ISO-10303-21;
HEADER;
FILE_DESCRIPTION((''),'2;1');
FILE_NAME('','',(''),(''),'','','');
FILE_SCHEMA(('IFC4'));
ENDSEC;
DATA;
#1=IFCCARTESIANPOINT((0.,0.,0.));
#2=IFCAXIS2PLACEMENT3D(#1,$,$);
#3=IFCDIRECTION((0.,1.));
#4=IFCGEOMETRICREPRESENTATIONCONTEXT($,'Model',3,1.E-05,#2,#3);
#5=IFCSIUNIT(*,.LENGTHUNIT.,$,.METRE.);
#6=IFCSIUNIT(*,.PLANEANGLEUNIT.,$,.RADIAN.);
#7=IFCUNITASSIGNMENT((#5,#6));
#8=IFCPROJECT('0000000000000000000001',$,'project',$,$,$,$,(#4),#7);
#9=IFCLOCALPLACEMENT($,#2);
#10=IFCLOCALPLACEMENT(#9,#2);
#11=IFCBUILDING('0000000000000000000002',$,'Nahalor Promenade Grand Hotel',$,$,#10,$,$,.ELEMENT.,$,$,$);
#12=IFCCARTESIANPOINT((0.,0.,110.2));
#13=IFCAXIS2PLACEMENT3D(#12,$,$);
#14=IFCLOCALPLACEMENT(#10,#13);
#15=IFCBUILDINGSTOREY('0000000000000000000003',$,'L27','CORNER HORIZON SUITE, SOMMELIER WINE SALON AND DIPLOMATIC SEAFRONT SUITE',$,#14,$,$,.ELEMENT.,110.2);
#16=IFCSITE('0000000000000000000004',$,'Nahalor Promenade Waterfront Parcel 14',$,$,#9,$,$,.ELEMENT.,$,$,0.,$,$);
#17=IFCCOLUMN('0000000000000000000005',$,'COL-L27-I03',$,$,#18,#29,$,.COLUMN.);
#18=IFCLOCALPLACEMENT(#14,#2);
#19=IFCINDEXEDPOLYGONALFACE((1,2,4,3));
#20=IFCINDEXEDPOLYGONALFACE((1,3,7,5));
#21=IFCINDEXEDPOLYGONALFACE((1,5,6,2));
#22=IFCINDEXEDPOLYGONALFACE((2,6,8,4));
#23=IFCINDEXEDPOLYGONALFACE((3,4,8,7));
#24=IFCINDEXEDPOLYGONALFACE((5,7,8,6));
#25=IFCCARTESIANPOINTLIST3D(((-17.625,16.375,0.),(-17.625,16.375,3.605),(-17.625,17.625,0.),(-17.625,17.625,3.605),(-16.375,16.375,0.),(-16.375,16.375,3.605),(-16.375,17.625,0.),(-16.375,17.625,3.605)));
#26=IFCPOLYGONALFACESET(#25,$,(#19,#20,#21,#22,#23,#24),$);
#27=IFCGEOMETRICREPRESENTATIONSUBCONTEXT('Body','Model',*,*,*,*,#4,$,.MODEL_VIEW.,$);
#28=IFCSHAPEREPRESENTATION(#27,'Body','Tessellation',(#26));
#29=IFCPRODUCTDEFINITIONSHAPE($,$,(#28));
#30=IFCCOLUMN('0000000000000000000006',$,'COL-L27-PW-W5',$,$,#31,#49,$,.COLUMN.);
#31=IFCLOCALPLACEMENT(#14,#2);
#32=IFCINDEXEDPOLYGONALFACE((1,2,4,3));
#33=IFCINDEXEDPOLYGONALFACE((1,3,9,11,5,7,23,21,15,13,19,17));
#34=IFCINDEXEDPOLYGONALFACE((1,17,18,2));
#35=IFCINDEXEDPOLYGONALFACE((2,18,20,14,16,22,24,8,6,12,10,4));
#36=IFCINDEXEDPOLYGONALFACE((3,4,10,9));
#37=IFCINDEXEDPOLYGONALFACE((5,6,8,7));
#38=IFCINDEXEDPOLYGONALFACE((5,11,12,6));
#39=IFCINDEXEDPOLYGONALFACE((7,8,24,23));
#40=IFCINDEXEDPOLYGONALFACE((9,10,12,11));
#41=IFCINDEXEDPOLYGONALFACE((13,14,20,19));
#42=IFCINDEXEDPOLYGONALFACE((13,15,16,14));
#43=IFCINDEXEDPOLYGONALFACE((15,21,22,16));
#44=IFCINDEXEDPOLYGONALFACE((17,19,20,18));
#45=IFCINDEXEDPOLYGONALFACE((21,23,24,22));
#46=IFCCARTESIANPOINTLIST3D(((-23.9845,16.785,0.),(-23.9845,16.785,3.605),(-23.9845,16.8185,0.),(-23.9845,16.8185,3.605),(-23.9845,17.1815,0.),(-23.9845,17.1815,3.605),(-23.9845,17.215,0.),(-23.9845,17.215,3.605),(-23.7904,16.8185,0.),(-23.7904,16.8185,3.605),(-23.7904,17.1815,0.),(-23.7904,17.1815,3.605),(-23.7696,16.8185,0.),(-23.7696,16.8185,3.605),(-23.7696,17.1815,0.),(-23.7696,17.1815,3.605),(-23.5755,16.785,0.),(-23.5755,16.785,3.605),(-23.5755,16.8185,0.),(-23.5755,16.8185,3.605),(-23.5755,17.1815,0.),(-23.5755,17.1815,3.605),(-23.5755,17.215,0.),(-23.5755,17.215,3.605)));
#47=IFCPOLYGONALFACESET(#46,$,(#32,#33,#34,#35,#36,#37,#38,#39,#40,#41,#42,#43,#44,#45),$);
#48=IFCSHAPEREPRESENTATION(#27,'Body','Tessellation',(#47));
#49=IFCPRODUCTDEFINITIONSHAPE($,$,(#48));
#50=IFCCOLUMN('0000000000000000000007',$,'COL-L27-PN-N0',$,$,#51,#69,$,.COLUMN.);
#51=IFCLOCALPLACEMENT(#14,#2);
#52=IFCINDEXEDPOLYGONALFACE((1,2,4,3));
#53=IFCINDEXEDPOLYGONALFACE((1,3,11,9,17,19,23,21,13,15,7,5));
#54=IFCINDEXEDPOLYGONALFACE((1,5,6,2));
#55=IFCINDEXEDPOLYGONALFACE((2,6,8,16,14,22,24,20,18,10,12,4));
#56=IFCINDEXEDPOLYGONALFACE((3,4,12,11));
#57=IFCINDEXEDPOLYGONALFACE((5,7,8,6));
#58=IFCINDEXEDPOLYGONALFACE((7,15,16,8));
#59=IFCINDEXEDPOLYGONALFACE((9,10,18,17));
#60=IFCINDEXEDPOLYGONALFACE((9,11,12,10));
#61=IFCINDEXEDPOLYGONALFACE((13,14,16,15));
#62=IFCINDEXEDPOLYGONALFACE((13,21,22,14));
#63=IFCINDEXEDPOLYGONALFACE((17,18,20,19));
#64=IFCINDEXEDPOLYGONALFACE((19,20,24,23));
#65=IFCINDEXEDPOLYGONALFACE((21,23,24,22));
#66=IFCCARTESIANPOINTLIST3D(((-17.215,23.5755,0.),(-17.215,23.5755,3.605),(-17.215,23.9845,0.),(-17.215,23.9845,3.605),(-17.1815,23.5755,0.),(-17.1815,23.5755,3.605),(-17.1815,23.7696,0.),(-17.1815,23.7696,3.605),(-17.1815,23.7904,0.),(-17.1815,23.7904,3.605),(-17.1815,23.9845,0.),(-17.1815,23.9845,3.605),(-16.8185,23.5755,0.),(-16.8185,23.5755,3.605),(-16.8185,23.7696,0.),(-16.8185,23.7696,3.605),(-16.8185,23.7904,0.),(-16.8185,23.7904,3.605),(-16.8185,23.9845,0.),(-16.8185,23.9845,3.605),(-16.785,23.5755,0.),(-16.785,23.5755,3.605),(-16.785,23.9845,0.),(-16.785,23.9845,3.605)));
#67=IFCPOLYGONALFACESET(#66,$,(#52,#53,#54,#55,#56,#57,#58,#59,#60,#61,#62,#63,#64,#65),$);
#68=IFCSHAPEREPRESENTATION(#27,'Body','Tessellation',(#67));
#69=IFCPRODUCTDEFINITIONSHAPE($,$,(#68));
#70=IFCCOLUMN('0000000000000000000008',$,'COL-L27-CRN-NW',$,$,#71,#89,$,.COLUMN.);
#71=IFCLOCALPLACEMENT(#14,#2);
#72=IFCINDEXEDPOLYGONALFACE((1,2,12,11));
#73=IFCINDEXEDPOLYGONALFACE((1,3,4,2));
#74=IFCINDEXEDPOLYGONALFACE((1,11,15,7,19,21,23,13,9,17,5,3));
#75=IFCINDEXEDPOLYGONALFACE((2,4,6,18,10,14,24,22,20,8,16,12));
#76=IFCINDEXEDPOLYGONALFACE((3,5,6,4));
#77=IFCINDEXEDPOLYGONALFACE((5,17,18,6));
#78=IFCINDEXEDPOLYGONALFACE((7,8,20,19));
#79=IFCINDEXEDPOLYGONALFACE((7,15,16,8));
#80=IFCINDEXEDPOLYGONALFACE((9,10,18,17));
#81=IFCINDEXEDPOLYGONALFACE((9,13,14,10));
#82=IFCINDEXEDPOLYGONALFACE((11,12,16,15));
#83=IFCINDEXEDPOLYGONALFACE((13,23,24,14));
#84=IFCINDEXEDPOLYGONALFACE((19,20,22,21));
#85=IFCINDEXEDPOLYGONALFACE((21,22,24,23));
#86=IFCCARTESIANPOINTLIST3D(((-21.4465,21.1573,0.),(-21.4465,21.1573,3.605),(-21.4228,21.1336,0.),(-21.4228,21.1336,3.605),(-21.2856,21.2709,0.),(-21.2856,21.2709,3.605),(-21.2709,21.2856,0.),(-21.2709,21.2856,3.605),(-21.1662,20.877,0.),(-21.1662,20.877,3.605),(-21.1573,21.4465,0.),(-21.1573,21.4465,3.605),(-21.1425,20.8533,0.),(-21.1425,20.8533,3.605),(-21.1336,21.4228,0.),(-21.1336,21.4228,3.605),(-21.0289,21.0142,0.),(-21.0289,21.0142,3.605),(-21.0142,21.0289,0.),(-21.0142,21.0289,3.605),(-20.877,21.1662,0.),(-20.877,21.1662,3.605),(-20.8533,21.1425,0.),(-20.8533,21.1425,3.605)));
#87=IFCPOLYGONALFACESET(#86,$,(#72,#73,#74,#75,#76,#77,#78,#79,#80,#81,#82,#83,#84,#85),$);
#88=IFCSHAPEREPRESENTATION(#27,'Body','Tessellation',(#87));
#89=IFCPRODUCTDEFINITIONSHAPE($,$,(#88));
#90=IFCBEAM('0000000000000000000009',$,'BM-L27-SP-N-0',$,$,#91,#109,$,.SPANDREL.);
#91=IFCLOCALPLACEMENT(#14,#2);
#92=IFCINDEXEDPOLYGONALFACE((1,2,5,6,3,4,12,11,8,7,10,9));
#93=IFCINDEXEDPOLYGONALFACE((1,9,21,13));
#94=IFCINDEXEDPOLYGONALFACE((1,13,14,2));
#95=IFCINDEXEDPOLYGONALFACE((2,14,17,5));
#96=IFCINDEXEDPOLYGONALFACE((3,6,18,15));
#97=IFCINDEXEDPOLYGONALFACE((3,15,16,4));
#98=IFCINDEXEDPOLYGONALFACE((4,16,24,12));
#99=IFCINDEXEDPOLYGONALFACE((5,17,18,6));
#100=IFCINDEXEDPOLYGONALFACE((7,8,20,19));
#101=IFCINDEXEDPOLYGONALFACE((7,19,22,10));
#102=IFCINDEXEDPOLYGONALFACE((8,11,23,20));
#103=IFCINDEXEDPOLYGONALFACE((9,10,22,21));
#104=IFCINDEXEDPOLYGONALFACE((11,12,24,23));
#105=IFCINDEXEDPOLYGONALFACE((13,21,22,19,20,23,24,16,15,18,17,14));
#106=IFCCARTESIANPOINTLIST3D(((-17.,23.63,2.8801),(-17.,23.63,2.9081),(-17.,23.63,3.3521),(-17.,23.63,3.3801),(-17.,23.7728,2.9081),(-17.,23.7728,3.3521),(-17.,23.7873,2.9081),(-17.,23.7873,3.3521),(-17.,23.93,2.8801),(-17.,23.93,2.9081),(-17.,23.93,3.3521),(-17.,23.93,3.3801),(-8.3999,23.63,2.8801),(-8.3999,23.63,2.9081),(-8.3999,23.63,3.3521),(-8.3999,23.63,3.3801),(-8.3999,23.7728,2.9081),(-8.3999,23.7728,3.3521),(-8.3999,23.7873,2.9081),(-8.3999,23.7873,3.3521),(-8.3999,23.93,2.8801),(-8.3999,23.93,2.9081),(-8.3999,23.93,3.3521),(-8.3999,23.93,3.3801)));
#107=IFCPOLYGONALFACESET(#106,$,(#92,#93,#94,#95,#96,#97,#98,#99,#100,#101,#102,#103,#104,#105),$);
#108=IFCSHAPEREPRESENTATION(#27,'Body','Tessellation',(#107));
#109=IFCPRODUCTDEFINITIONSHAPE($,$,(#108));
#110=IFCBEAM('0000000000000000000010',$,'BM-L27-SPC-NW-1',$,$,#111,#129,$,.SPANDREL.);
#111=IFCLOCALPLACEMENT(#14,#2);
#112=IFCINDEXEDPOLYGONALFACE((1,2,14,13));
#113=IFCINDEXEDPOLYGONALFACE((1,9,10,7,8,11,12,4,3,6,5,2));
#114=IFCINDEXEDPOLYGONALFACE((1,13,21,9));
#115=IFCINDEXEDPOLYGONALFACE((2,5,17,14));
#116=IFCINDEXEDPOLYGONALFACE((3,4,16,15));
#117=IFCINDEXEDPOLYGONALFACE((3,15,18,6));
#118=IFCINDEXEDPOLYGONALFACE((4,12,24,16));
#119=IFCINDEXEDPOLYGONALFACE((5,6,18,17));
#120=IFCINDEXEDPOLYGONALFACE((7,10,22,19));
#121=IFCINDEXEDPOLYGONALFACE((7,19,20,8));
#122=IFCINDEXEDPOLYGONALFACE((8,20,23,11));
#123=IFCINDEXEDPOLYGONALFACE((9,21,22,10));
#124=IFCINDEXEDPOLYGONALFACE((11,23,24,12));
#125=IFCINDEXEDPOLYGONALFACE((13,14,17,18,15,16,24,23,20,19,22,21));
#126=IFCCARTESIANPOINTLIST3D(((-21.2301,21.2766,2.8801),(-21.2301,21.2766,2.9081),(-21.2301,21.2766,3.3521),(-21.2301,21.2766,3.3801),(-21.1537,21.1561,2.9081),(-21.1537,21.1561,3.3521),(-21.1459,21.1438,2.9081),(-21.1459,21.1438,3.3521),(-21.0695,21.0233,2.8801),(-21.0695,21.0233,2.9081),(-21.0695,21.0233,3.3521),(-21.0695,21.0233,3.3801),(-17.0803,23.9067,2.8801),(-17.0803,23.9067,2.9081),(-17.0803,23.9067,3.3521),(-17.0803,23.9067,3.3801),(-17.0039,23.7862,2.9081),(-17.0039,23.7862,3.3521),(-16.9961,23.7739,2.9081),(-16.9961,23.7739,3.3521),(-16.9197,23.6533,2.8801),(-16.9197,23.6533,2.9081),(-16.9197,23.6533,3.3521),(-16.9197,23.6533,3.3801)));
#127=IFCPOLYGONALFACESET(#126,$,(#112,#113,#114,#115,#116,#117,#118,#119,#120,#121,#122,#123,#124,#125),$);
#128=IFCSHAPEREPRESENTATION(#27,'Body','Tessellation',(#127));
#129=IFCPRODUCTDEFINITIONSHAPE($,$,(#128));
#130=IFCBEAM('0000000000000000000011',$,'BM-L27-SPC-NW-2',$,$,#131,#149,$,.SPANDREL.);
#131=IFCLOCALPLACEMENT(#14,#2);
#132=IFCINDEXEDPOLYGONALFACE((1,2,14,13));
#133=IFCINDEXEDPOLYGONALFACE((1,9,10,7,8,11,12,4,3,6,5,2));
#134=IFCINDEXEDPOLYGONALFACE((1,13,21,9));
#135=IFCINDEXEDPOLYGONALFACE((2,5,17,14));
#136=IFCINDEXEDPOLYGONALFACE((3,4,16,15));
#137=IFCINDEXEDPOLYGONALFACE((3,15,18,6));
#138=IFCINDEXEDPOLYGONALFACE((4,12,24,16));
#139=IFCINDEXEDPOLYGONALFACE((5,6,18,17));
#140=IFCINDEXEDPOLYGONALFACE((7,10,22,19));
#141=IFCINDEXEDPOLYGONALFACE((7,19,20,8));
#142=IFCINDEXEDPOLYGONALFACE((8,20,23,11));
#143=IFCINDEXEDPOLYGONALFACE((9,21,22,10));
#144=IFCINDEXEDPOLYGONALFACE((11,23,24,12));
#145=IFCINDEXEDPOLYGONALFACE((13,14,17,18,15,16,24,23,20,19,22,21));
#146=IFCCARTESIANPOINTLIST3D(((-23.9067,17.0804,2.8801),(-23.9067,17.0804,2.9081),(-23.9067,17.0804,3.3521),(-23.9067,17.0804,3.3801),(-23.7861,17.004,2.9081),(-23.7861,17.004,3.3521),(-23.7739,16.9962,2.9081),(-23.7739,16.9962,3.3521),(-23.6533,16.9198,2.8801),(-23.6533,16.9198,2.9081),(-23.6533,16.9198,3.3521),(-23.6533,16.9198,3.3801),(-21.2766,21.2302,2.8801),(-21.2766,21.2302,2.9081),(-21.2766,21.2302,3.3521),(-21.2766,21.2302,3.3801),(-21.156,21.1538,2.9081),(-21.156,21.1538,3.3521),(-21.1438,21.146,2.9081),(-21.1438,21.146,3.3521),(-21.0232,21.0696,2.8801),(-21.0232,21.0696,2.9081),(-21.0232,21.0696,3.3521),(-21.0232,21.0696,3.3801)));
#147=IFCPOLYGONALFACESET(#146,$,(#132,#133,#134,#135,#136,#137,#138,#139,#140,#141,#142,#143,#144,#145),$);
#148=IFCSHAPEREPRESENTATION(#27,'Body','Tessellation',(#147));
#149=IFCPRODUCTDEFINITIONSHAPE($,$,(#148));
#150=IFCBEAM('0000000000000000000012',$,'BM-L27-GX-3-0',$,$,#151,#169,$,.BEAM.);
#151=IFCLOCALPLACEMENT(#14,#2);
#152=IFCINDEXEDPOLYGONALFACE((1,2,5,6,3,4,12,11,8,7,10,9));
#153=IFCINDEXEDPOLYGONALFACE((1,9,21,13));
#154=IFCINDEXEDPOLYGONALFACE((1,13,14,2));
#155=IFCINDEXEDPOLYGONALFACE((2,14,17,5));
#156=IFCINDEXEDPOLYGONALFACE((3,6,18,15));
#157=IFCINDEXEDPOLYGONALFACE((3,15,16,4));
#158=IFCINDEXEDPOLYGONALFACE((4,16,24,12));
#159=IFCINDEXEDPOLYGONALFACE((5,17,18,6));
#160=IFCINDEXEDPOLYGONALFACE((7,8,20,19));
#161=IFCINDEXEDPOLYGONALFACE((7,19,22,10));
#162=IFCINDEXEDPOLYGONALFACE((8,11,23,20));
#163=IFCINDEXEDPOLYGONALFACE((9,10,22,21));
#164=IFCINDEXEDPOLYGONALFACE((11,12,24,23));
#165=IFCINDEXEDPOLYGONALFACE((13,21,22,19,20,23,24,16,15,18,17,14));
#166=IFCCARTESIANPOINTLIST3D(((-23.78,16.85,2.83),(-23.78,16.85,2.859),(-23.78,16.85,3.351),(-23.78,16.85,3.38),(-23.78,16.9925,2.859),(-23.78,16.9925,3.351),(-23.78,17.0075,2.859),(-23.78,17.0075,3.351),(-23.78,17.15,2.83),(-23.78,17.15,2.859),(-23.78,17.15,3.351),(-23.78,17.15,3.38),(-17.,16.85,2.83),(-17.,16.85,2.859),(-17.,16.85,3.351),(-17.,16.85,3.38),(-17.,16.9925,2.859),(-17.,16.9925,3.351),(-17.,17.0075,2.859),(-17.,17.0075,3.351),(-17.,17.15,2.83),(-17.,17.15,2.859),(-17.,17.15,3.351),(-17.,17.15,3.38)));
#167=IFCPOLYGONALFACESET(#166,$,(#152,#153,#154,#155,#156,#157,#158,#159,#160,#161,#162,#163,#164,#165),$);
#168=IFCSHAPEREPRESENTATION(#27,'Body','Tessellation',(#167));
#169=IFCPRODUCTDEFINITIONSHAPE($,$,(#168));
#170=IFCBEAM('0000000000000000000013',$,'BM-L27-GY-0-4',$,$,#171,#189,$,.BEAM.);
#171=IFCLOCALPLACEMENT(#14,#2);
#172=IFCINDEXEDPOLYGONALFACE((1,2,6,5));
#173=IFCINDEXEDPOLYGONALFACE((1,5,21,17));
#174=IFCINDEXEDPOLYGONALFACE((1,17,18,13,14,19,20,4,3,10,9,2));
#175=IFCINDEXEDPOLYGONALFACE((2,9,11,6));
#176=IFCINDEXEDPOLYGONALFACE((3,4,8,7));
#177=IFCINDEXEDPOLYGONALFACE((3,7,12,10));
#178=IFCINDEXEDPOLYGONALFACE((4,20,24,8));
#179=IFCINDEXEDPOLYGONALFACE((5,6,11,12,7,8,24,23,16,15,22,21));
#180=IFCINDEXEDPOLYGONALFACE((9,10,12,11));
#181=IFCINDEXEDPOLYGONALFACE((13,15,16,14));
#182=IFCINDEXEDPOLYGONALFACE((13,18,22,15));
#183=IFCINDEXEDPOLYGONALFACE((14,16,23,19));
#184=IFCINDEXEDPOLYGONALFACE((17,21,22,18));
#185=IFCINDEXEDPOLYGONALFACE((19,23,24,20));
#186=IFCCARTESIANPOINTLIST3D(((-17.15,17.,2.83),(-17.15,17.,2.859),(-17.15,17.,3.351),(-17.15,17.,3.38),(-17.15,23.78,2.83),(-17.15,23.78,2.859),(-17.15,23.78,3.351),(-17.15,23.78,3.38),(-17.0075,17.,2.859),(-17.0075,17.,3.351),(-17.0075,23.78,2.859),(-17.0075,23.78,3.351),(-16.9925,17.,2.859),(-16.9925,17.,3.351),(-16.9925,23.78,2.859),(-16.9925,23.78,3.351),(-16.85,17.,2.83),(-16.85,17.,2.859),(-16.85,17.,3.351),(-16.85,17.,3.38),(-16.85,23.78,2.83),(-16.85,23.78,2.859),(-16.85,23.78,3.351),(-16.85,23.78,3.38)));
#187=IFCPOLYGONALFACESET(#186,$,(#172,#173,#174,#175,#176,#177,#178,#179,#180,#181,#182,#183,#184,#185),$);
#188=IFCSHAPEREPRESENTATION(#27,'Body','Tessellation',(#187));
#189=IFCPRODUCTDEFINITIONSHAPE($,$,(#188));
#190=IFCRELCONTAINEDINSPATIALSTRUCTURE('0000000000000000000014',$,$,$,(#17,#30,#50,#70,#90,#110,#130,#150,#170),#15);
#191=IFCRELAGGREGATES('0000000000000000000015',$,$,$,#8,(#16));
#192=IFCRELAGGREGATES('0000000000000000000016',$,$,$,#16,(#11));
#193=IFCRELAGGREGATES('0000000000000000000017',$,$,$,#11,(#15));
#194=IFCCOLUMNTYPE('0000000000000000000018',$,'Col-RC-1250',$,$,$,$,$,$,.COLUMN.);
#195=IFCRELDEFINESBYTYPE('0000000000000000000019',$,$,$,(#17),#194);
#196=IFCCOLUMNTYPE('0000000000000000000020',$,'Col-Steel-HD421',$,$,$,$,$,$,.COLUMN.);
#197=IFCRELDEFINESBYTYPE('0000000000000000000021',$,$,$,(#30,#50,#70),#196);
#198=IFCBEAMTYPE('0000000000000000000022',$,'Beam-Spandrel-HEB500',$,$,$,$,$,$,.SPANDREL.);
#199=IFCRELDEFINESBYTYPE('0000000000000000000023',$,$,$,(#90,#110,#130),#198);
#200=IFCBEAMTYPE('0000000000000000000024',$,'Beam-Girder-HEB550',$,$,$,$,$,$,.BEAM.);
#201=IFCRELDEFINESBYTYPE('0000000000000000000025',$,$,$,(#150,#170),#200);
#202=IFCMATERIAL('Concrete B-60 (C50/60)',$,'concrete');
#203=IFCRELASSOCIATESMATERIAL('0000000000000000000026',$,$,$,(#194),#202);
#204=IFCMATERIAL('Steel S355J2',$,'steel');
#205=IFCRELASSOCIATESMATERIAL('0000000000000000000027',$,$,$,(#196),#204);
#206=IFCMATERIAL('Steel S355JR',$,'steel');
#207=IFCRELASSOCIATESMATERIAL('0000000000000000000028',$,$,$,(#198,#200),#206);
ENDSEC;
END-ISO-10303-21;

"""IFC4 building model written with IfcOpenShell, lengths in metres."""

from ifc_helpers import new_model, si_unit, direction, frame, origin, origin_2d, place, context, subcontext, project, spatial, rectangle, i_section, extrude, source, transform, mapped, material, material_profile, profile_set, type_object, element, save


model = new_model("IFC4")

# Units and contexts
model_context = context("Model", 3, precision=1e-05, world=origin(), true_north=direction((0.0, 1.0)))
body_context = subcontext(model_context, "Body", "Model", "MODEL_VIEW")
ifc_project = project(units=[si_unit("LENGTHUNIT", "METRE"), si_unit("PLANEANGLEUNIT", "RADIAN")], contexts=[model_context])

# Site, building, storey
site_placement = place(None, origin())
site = spatial("IfcSite", under=ifc_project, at=site_placement, Name="Nahalor Promenade Waterfront Parcel 14", CompositionType="ELEMENT", RefElevation=0.0)
building_placement = place(site_placement, origin())
building = spatial("IfcBuilding", under=site, at=building_placement, Name="Nahalor Promenade Grand Hotel", CompositionType="ELEMENT")
storey_placement = place(building_placement, frame((0.0, 0.0, 110.2)))
storey = spatial("IfcBuildingStorey", under=building, at=storey_placement, Name="L27", Description="CORNER HORIZON SUITE, SOMMELIER WINE SALON AND DIPLOMATIC SEAFRONT SUITE", CompositionType="ELEMENT", Elevation=110.2)

# Columns
ifc_material_1 = material(Name="Concrete B-60 (C50/60)", Category="concrete")
ifc_material_profile_1 = material_profile(ifc_material_1, rectangle(XDim=1.25, YDim=1.25, at=origin_2d()), Name="RC 1250x1250")
ifc_profile_set_1 = profile_set([ifc_material_profile_1], Name="Concrete B-60 (C50/60)")
column_type_1 = type_object("IfcColumnType", Name="Col-RC-1250", PredefinedType="COLUMN", material=ifc_profile_set_1)
shared_shape_1 = source(origin(), body_context, "Body", "SweptSolid", [
    extrude(rectangle(XDim=1.25, YDim=1.25, at=origin_2d()), origin(), (0.0, 0.0, 1.0), 3.605),
])
column_placement = place(storey_placement, frame((-17.0, 17.0, 0.0), z_axis=(0.0, 0.0, 1.0), x_axis=(1.0, 0.0, 0.0)))
element("IfcColumn", 1, at=column_placement, inside=storey, type_object=column_type_1, Name="COL-L27-I03", PredefinedType="COLUMN", context=body_context, shape_type="MappedRepresentation", body=[
    mapped(shared_shape_1, transform((0.0, 0.0, 0.0), scale=1.0)),
])
ifc_material_2 = material(Name="Steel S355J2", Category="steel")
ifc_material_profile_2 = material_profile(ifc_material_2, i_section(OverallWidth=0.409, OverallDepth=0.43, WebThickness=0.0208, FlangeThickness=0.0335, at=origin_2d()), Name="HD 400x421")
ifc_profile_set_2 = profile_set([ifc_material_profile_2], Name="Steel S355J2")
column_type_2 = type_object("IfcColumnType", Name="Col-Steel-HD421", PredefinedType="COLUMN", material=ifc_profile_set_2)
shared_shape_2 = source(origin(), body_context, "Body", "SweptSolid", [
    extrude(i_section(OverallWidth=0.409, OverallDepth=0.43, WebThickness=0.0208, FlangeThickness=0.0335, at=origin_2d()), origin(), (0.0, 0.0, 1.0), 3.605),
])
for number, where, z_axis, x_axis, name in (
    (2, (-23.78, 17.0, 0.0), (0.0, 0.0, 1.0), (1.0, 0.0, 0.0), "COL-L27-PW-W5"),
    (3, (-17.0, 23.78, 0.0), (0.0, 0.0, 1.0), (0.0, 1.0, 0.0), "COL-L27-PN-N0"),
    (4, (-21.1499, 21.1499, 0.0), (0.0, 0.0, 1.0), (0.707107, 0.707107, 0.0), "COL-L27-CRN-NW"),
):
    element("IfcColumn", number, at=place(storey_placement, frame(where, z_axis=z_axis, x_axis=x_axis)), inside=storey, type_object=column_type_2, Name=name, PredefinedType="COLUMN", context=body_context, shape_type="MappedRepresentation", body=[
        mapped(shared_shape_2, transform((0.0, 0.0, 0.0), scale=1.0)),
    ])

# Beams
ifc_material_3 = material(Name="Steel S355JR", Category="steel")
ifc_material_profile_3 = material_profile(ifc_material_3, i_section(OverallWidth=0.3, OverallDepth=0.5, WebThickness=0.0145, FlangeThickness=0.028, at=origin_2d()), Name="HEB 500")
ifc_profile_set_3 = profile_set([ifc_material_profile_3], Name="Steel S355JR")
beam_type_1 = type_object("IfcBeamType", Name="Beam-Spandrel-HEB500", PredefinedType="SPANDREL", material=ifc_profile_set_3)
shared_shape_3 = source(origin(), body_context, "Body", "SweptSolid", [
    extrude(i_section(OverallWidth=0.3, OverallDepth=0.5, WebThickness=0.0145, FlangeThickness=0.028, at=origin_2d()), origin(), (0.0, 0.0, 1.0), 8.6001),
])
beam_1_placement = place(storey_placement, frame((-17.0, 23.78, 3.1301), z_axis=(1.0, 0.0, 0.0), x_axis=(0.0, 1.0, 0.0)))
element("IfcBeam", 5, at=beam_1_placement, inside=storey, type_object=beam_type_1, Name="BM-L27-SP-N-0", PredefinedType="SPANDREL", context=body_context, shape_type="MappedRepresentation", body=[
    mapped(shared_shape_3, transform((0.0, 0.0, 0.0), scale=1.0)),
])
shared_shape_4 = source(origin(), body_context, "Body", "SweptSolid", [
    extrude(i_section(OverallWidth=0.3, OverallDepth=0.5, WebThickness=0.0145, FlangeThickness=0.028, at=origin_2d()), origin(), (0.0, 0.0, 1.0), 4.9131),
])
for number, where, z_axis, x_axis, name in (
    (6, (-17.0, 23.78, 3.1301), (-0.844648, -0.535322, 0.0), (0.535322, -0.844648, 0.0), "BM-L27-SPC-NW-1"),
    (7, (-21.1499, 21.1499, 3.1301), (-0.535322, -0.844648, 0.0), (0.844648, -0.535322, 0.0), "BM-L27-SPC-NW-2"),
):
    element("IfcBeam", number, at=place(storey_placement, frame(where, z_axis=z_axis, x_axis=x_axis)), inside=storey, type_object=beam_type_1, Name=name, PredefinedType="SPANDREL", context=body_context, shape_type="MappedRepresentation", body=[
        mapped(shared_shape_4, transform((0.0, 0.0, 0.0), scale=1.0)),
    ])
ifc_material_profile_4 = material_profile(ifc_material_3, i_section(OverallWidth=0.3, OverallDepth=0.55, WebThickness=0.015, FlangeThickness=0.029, at=origin_2d()), Name="HEB 550")
ifc_profile_set_4 = profile_set([ifc_material_profile_4], Name="Steel S355JR")
beam_type_2 = type_object("IfcBeamType", Name="Beam-Girder-HEB550", PredefinedType="BEAM", material=ifc_profile_set_4)
shared_shape_5 = source(origin(), body_context, "Body", "SweptSolid", [
    extrude(i_section(OverallWidth=0.3, OverallDepth=0.55, WebThickness=0.015, FlangeThickness=0.029, at=origin_2d()), origin(), (0.0, 0.0, 1.0), 6.78),
])
for number, where, z_axis, x_axis, name in (
    (8, (-23.78, 17.0, 3.105), (1.0, 0.0, 0.0), (0.0, 1.0, 0.0), "BM-L27-GX-3-0"),
    (9, (-17.0, 17.0, 3.105), (0.0, 1.0, 0.0), (-1.0, 0.0, 0.0), "BM-L27-GY-0-4"),
):
    element("IfcBeam", number, at=place(storey_placement, frame(where, z_axis=z_axis, x_axis=x_axis)), inside=storey, type_object=beam_type_2, Name=name, PredefinedType="BEAM", context=body_context, shape_type="MappedRepresentation", body=[
        mapped(shared_shape_5, transform((0.0, 0.0, 0.0), scale=1.0)),
    ])

save(model, "model.ifc")
